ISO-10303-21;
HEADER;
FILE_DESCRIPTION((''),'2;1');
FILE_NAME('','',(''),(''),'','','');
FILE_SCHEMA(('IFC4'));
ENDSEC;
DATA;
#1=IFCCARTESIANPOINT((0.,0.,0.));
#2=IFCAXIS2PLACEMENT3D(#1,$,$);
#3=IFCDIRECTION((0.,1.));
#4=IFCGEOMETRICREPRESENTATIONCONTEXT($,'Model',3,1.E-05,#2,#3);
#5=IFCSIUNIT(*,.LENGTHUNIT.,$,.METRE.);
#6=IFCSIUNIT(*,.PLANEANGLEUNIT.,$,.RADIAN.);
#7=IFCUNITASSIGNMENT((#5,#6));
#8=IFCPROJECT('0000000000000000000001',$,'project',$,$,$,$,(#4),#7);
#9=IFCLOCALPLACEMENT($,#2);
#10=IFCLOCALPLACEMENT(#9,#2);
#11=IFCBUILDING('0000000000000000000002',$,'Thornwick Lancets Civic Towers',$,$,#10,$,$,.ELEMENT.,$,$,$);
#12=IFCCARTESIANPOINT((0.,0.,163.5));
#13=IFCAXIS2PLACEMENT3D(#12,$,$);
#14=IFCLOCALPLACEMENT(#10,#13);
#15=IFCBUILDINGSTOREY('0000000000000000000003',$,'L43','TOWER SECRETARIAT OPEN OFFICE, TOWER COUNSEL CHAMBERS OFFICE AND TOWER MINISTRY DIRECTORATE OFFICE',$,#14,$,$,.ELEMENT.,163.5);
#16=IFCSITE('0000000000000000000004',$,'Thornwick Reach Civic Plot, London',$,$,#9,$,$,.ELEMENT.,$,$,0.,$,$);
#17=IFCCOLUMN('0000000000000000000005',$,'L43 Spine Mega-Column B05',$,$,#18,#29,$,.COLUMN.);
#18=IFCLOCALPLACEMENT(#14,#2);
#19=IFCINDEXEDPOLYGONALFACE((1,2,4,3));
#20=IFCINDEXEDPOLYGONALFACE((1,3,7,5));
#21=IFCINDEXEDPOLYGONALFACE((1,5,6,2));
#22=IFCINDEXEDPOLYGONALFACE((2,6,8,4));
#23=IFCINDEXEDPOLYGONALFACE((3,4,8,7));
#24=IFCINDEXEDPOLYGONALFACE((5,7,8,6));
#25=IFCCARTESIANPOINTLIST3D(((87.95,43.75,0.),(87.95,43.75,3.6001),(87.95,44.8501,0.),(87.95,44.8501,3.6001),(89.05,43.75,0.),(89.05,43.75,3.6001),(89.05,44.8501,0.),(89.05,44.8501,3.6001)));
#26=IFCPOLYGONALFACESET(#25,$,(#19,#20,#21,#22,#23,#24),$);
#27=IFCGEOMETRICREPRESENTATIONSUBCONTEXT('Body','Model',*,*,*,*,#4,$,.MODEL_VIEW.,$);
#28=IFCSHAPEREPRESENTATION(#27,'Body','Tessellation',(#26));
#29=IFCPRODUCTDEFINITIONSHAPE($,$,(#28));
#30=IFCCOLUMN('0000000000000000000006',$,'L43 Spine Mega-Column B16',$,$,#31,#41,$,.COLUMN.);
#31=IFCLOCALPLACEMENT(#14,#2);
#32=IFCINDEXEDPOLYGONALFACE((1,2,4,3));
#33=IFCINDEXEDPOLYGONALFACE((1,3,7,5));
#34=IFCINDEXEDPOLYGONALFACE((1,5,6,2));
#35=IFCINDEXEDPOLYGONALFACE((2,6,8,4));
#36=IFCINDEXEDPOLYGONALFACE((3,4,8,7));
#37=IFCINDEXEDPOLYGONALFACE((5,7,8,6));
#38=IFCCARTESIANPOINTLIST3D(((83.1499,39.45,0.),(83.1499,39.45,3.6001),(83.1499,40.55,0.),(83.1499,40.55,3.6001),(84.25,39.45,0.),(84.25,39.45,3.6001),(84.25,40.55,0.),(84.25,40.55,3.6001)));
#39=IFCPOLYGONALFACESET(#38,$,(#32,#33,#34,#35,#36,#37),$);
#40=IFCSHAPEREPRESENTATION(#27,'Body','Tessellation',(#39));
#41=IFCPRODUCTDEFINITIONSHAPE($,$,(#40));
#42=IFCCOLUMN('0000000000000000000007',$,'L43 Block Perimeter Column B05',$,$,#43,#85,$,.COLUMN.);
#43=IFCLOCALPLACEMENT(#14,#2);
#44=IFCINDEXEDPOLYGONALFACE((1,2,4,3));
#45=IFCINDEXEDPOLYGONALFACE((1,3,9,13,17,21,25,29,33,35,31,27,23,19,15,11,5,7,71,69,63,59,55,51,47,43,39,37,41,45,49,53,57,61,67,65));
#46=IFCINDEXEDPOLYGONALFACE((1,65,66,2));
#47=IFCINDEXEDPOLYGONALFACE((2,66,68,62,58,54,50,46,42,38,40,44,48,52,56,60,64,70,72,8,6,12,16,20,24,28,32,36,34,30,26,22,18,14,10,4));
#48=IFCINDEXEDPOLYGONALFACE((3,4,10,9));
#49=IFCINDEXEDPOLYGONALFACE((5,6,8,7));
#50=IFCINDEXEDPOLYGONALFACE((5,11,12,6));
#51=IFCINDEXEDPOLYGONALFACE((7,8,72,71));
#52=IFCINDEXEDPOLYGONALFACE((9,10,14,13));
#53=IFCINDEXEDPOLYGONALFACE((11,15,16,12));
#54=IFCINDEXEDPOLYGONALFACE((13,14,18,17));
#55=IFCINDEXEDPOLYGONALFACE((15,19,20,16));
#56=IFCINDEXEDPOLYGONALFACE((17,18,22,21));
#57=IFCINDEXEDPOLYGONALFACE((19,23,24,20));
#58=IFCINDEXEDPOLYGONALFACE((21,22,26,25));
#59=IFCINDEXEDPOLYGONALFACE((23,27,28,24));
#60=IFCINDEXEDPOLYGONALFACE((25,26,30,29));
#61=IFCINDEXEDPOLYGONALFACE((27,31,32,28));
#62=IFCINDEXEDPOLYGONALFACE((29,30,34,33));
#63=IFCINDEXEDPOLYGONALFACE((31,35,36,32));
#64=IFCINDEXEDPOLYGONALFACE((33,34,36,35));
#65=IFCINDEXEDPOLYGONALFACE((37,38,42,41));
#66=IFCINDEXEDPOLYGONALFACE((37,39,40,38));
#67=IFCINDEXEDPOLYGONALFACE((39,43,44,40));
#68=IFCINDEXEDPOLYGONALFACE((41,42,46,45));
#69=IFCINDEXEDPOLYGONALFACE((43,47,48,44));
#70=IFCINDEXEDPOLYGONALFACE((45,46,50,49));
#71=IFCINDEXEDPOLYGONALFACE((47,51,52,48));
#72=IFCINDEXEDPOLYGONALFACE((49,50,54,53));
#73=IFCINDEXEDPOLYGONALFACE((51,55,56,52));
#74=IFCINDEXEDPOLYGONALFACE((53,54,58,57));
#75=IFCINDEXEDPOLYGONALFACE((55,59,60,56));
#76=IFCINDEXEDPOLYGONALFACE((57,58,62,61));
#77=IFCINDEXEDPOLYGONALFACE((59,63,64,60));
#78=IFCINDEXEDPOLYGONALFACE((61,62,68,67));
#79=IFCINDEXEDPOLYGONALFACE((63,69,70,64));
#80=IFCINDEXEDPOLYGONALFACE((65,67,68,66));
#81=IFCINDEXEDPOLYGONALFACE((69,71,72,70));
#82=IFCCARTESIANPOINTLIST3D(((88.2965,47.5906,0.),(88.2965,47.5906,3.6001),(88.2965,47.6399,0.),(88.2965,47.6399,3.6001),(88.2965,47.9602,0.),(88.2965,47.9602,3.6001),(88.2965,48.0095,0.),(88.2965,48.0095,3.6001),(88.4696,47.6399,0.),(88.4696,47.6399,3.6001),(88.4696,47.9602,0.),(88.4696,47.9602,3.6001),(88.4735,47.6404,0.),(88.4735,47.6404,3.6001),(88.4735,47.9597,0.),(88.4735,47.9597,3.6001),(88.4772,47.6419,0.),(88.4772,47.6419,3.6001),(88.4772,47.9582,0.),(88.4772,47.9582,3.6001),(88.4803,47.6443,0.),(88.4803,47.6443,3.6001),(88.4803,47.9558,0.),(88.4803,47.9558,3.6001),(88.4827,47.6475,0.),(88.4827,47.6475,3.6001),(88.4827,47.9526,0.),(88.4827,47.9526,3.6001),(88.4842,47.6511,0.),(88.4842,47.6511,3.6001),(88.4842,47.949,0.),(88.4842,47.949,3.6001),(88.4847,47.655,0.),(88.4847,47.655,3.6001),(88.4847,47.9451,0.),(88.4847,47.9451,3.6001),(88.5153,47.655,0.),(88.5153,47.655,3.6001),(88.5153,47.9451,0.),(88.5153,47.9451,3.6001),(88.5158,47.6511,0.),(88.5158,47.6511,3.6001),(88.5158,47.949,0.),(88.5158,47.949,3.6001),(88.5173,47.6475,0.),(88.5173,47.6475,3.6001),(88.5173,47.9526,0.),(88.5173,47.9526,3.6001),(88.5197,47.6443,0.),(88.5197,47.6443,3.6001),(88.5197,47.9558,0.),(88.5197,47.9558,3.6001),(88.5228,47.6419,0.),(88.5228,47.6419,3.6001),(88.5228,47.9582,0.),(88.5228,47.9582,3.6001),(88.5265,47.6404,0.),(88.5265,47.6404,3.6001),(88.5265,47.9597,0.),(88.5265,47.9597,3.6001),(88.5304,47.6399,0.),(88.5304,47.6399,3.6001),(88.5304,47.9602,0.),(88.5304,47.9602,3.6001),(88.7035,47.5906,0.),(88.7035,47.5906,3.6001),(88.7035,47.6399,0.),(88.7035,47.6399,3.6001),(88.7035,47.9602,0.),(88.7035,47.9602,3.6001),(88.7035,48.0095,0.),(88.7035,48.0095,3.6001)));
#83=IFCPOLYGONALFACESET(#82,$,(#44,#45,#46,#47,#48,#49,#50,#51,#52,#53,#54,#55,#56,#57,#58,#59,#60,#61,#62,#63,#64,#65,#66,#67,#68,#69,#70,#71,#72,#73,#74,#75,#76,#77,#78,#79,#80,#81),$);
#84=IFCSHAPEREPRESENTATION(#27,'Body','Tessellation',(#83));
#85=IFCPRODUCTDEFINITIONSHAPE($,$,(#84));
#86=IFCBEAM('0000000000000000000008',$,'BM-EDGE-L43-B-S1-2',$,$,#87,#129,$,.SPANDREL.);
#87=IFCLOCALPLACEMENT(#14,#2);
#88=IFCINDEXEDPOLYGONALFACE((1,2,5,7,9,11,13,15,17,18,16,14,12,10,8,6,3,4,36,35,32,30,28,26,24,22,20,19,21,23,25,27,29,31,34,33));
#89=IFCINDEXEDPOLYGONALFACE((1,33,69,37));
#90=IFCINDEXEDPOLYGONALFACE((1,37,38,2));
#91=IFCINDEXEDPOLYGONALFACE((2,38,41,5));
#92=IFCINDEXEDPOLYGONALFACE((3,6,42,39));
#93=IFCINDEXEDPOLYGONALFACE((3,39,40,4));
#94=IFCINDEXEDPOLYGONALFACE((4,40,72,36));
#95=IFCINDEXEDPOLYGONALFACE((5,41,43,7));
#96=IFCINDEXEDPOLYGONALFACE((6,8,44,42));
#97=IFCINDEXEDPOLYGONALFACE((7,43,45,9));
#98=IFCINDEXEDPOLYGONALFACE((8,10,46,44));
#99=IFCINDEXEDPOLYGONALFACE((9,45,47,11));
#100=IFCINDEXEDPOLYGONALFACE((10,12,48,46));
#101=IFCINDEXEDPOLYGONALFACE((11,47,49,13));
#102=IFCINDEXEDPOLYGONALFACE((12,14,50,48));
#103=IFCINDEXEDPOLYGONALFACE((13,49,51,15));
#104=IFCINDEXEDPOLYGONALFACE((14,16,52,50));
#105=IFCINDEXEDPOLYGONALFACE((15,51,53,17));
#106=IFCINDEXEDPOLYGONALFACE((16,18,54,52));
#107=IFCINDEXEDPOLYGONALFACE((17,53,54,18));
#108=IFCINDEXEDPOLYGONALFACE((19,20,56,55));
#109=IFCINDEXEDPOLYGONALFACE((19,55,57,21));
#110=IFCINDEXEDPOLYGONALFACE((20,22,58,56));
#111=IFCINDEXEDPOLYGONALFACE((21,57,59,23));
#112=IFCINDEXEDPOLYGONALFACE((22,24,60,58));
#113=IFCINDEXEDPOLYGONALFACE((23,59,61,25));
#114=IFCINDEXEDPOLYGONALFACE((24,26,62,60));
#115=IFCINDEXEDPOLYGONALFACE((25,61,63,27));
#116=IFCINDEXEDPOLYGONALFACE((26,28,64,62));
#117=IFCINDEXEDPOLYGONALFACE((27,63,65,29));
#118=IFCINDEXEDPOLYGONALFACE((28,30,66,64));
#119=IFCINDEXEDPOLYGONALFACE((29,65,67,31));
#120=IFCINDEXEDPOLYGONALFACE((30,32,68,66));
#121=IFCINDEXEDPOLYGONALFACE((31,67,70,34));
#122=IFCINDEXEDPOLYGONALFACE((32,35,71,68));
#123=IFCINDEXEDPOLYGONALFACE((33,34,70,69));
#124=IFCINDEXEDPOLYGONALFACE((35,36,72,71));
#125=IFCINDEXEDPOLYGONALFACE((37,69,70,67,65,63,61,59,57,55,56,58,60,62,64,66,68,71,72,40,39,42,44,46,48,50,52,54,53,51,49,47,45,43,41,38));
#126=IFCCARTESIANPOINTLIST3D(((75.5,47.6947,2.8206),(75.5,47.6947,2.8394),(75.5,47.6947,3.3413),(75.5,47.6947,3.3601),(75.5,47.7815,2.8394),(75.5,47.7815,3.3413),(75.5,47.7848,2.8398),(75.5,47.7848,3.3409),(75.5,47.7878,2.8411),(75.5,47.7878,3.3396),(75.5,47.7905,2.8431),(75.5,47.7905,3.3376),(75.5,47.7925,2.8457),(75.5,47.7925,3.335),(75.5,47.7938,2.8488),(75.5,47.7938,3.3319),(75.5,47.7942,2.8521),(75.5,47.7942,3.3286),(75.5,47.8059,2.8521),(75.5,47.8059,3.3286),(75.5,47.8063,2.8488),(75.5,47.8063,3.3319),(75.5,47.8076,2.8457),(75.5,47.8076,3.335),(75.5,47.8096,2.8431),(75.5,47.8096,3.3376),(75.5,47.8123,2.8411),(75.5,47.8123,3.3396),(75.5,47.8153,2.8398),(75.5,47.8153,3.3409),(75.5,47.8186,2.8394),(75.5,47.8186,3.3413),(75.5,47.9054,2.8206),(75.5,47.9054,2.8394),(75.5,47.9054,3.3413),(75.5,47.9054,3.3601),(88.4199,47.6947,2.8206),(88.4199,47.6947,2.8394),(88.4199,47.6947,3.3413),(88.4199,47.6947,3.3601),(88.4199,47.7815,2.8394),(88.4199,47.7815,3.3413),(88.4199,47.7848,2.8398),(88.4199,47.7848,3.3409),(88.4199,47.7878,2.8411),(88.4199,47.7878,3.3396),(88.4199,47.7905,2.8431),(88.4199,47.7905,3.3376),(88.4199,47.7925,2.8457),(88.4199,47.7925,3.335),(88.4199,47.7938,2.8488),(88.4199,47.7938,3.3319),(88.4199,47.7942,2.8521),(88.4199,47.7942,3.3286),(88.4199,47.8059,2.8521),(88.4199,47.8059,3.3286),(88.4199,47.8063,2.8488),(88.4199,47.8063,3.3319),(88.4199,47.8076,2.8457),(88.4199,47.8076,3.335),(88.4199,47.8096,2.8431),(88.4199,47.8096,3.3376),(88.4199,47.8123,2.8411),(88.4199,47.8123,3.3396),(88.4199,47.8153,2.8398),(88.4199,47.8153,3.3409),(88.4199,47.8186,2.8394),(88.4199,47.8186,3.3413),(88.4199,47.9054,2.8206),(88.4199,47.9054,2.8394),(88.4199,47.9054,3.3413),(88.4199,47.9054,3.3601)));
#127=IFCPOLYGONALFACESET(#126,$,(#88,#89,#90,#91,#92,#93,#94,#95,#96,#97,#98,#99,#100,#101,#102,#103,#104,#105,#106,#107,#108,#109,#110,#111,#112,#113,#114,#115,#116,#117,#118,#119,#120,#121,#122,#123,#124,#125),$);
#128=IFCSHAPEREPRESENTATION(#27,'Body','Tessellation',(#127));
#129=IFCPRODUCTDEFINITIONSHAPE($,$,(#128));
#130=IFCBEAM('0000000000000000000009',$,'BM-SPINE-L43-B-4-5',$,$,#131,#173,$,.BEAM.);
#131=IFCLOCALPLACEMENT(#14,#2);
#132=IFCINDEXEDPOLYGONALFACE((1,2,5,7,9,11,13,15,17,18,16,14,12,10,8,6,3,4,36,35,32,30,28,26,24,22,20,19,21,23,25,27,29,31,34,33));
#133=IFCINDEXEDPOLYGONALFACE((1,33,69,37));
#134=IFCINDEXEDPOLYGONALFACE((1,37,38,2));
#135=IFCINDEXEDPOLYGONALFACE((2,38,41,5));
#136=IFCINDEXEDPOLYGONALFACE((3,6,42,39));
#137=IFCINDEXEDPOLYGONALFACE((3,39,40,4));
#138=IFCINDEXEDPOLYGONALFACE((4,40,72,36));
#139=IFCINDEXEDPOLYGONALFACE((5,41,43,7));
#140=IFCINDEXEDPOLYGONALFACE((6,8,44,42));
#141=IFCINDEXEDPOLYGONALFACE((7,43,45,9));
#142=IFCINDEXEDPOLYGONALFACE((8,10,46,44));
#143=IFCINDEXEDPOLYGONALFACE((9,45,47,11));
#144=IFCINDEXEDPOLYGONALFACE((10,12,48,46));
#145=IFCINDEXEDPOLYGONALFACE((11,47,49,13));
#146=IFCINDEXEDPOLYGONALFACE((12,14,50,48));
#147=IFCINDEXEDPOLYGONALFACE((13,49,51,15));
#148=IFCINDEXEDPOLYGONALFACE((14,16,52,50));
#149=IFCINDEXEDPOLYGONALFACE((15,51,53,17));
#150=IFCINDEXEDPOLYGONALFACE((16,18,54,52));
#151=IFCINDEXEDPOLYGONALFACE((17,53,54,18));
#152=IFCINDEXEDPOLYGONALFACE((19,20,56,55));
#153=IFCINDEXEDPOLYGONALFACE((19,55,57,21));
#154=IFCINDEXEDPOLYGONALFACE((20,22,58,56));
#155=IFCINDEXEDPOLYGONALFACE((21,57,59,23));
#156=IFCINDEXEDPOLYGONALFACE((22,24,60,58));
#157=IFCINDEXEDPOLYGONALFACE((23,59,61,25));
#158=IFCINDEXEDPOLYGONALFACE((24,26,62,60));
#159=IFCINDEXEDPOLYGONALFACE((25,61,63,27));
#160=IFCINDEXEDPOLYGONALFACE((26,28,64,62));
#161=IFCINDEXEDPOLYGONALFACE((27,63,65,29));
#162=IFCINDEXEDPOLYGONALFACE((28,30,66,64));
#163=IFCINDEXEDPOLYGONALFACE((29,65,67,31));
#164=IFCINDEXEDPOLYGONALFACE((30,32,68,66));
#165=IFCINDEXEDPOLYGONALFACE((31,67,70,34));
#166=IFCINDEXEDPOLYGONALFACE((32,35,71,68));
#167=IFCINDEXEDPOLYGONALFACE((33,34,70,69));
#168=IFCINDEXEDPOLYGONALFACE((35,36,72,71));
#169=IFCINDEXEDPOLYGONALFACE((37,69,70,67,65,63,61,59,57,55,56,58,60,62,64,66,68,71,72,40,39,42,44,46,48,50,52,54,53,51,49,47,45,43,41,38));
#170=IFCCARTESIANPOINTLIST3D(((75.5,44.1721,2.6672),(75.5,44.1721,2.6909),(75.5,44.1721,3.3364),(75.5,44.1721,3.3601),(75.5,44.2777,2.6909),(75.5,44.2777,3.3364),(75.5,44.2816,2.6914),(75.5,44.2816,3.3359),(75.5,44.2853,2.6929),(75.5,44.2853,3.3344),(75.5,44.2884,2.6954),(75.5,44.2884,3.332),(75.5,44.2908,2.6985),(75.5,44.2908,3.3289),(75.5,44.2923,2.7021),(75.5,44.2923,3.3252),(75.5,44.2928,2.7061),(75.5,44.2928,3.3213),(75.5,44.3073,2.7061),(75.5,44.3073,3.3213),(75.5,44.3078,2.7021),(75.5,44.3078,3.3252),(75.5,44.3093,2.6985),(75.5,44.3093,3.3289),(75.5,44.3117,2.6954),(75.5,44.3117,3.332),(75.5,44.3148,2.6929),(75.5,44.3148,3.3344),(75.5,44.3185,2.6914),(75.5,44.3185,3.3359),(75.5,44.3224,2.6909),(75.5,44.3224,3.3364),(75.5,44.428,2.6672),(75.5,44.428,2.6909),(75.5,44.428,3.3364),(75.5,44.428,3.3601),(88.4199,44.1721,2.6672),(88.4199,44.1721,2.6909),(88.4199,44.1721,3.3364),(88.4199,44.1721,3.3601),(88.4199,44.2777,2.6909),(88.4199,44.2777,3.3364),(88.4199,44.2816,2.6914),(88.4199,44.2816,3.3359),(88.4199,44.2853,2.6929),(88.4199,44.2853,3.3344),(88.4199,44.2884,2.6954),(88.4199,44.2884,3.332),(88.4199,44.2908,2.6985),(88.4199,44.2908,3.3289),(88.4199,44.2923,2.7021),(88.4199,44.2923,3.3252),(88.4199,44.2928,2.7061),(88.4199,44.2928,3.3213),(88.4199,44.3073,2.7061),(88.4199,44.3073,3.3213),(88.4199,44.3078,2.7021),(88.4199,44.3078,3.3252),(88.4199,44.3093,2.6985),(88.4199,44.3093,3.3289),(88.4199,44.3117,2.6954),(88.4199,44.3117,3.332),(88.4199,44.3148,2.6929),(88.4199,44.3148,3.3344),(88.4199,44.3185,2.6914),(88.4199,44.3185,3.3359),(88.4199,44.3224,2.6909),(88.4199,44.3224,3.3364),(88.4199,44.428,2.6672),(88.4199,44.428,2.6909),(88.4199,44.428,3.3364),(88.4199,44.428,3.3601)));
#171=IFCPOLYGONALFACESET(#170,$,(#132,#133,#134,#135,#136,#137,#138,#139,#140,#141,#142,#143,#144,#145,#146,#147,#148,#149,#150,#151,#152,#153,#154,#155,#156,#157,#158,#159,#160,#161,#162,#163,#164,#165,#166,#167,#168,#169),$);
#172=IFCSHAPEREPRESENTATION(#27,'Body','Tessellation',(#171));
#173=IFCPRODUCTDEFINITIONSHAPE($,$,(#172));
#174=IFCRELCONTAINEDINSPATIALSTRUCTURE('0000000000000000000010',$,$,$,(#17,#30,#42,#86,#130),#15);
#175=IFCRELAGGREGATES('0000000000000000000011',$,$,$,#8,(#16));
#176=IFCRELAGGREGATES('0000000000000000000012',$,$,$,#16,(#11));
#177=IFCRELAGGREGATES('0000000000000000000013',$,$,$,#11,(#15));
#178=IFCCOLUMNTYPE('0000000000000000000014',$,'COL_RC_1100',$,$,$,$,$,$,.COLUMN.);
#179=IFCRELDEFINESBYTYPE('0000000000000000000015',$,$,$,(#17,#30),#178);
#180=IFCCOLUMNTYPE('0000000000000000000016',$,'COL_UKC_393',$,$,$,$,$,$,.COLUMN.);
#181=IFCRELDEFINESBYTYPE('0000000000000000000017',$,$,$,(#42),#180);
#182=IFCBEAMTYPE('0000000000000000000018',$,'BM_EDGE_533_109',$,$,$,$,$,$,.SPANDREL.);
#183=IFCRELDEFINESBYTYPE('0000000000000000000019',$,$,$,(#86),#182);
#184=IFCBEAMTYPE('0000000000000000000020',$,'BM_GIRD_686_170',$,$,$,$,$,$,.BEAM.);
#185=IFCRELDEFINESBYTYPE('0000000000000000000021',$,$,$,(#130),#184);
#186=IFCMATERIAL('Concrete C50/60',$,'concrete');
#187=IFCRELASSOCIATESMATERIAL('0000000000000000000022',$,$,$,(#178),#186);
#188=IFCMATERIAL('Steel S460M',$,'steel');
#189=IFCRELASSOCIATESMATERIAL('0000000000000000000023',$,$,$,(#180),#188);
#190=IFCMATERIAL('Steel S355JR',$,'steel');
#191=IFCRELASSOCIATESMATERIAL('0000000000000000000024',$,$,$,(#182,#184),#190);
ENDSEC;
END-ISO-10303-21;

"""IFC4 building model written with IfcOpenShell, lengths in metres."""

from ifc_helpers import new_model, si_unit, direction, frame, origin, origin_2d, place, context, subcontext, project, spatial, rectangle, i_section, extrude, material, material_profile, profile_set, type_object, element, save


model = new_model("IFC4")

# Units and contexts
model_context = context("Model", 3, precision=1e-05, world=origin(), true_north=direction((0.0, 1.0)))
body_context = subcontext(model_context, "Body", "Model", "MODEL_VIEW")
ifc_project = project(units=[si_unit("LENGTHUNIT", "METRE"), si_unit("PLANEANGLEUNIT", "RADIAN")], contexts=[model_context])

# Site, building, storey
site_placement = place(None, origin())
site = spatial("IfcSite", under=ifc_project, at=site_placement, Name="Thornwick Reach Civic Plot, London", CompositionType="ELEMENT", RefElevation=0.0)
building_placement = place(site_placement, origin())
building = spatial("IfcBuilding", under=site, at=building_placement, Name="Thornwick Lancets Civic Towers", CompositionType="ELEMENT")
storey_placement = place(building_placement, frame((0.0, 0.0, 163.5)))
storey = spatial("IfcBuildingStorey", under=building, at=storey_placement, Name="L43", Description="TOWER SECRETARIAT OPEN OFFICE, TOWER COUNSEL CHAMBERS OFFICE AND TOWER MINISTRY DIRECTORATE OFFICE", CompositionType="ELEMENT", Elevation=163.5)

# Columns
ifc_material_1 = material(Name="Concrete C50/60", Category="concrete")
ifc_material_profile_1 = material_profile(ifc_material_1, rectangle(XDim=1.1001, YDim=1.1001, at=origin_2d()), Name="RC 1100x1100")
ifc_profile_set_1 = profile_set([ifc_material_profile_1], Name="Concrete C50/60")
column_type_1 = type_object("IfcColumnType", Name="COL_RC_1100", PredefinedType="COLUMN", material=ifc_profile_set_1)
for number, where, z_axis, x_axis, name in (
    (1, (88.5, 44.3, 0.0), (0.0, 0.0, 1.0), (1.0, 0.0, 0.0), "L43 Spine Mega-Column B05"),
    (2, (83.7, 40.0, 0.0), (0.0, 0.0, 1.0), (1.0, 0.0, 0.0), "L43 Spine Mega-Column B16"),
):
    element("IfcColumn", number, at=place(storey_placement, frame(where, z_axis=z_axis, x_axis=x_axis)), inside=storey, type_object=column_type_1, Name=name, PredefinedType="COLUMN", context=body_context, shape_type="SweptSolid", body=[
        extrude(rectangle(XDim=1.1001, YDim=1.1001, at=origin_2d()), origin(), (0.0, 0.0, 1.0), 3.6001),
    ])
ifc_material_2 = material(Name="Steel S460M", Category="steel")
ifc_material_profile_2 = material_profile(ifc_material_2, i_section(OverallWidth=0.407, OverallDepth=0.4189, WebThickness=0.0305, FlangeThickness=0.0493, FilletRadius=0.0151, at=origin_2d()), Name="UKC 356x406x393")
ifc_profile_set_2 = profile_set([ifc_material_profile_2], Name="Steel S460M")
column_type_2 = type_object("IfcColumnType", Name="COL_UKC_393", PredefinedType="COLUMN", material=ifc_profile_set_2)
column_placement = place(storey_placement, frame((88.5, 47.8, 0.0), z_axis=(0.0, 0.0, 1.0), x_axis=(1.0, 0.0, 0.0)))
element("IfcColumn", 3, at=column_placement, inside=storey, type_object=column_type_2, Name="L43 Block Perimeter Column B05", PredefinedType="COLUMN", context=body_context, shape_type="SweptSolid", body=[
    extrude(i_section(OverallWidth=0.407, OverallDepth=0.4189, WebThickness=0.0305, FlangeThickness=0.0493, FilletRadius=0.0151, at=origin_2d()), origin(), (0.0, 0.0, 1.0), 3.6001),
])

# Beams
ifc_material_3 = material(Name="Steel S355JR", Category="steel")
ifc_material_profile_3 = material_profile(ifc_material_3, i_section(OverallWidth=0.2107, OverallDepth=0.5396, WebThickness=0.0117, FlangeThickness=0.0188, FilletRadius=0.0127, at=origin_2d()), Name="UKB 533x210x109")
ifc_profile_set_3 = profile_set([ifc_material_profile_3], Name="Steel S355JR")
beam_type_1 = type_object("IfcBeamType", Name="BM_EDGE_533_109", PredefinedType="SPANDREL", material=ifc_profile_set_3)
beam_1_placement = place(storey_placement, frame((88.4199, 47.8, 3.0903), z_axis=(-1.0, 0.0, 0.0), x_axis=(0.0, -1.0, 0.0)))
element("IfcBeam", 4, at=beam_1_placement, inside=storey, type_object=beam_type_1, Name="BM-EDGE-L43-B-S1-2", PredefinedType="SPANDREL", context=body_context, shape_type="SweptSolid", body=[
    extrude(i_section(OverallWidth=0.2107, OverallDepth=0.5396, WebThickness=0.0117, FlangeThickness=0.0188, FilletRadius=0.0127, at=origin_2d()), origin(), (0.0, 0.0, 1.0), 12.9199),
])
ifc_material_profile_4 = material_profile(ifc_material_3, i_section(OverallWidth=0.2559, OverallDepth=0.6929, WebThickness=0.0144, FlangeThickness=0.0237, FilletRadius=0.0151, at=origin_2d()), Name="UKB 686x254x170")
ifc_profile_set_4 = profile_set([ifc_material_profile_4], Name="Steel S355JR")
beam_type_2 = type_object("IfcBeamType", Name="BM_GIRD_686_170", PredefinedType="BEAM", material=ifc_profile_set_4)
beam_2_placement = place(storey_placement, frame((88.4199, 44.3, 3.0137), z_axis=(-1.0, 0.0, 0.0), x_axis=(0.0, -1.0, 0.0)))
element("IfcBeam", 5, at=beam_2_placement, inside=storey, type_object=beam_type_2, Name="BM-SPINE-L43-B-4-5", PredefinedType="BEAM", context=body_context, shape_type="SweptSolid", body=[
    extrude(i_section(OverallWidth=0.2559, OverallDepth=0.6929, WebThickness=0.0144, FlangeThickness=0.0237, FilletRadius=0.0151, at=origin_2d()), origin(), (0.0, 0.0, 1.0), 12.9199),
])

save(model, "model.ifc")
